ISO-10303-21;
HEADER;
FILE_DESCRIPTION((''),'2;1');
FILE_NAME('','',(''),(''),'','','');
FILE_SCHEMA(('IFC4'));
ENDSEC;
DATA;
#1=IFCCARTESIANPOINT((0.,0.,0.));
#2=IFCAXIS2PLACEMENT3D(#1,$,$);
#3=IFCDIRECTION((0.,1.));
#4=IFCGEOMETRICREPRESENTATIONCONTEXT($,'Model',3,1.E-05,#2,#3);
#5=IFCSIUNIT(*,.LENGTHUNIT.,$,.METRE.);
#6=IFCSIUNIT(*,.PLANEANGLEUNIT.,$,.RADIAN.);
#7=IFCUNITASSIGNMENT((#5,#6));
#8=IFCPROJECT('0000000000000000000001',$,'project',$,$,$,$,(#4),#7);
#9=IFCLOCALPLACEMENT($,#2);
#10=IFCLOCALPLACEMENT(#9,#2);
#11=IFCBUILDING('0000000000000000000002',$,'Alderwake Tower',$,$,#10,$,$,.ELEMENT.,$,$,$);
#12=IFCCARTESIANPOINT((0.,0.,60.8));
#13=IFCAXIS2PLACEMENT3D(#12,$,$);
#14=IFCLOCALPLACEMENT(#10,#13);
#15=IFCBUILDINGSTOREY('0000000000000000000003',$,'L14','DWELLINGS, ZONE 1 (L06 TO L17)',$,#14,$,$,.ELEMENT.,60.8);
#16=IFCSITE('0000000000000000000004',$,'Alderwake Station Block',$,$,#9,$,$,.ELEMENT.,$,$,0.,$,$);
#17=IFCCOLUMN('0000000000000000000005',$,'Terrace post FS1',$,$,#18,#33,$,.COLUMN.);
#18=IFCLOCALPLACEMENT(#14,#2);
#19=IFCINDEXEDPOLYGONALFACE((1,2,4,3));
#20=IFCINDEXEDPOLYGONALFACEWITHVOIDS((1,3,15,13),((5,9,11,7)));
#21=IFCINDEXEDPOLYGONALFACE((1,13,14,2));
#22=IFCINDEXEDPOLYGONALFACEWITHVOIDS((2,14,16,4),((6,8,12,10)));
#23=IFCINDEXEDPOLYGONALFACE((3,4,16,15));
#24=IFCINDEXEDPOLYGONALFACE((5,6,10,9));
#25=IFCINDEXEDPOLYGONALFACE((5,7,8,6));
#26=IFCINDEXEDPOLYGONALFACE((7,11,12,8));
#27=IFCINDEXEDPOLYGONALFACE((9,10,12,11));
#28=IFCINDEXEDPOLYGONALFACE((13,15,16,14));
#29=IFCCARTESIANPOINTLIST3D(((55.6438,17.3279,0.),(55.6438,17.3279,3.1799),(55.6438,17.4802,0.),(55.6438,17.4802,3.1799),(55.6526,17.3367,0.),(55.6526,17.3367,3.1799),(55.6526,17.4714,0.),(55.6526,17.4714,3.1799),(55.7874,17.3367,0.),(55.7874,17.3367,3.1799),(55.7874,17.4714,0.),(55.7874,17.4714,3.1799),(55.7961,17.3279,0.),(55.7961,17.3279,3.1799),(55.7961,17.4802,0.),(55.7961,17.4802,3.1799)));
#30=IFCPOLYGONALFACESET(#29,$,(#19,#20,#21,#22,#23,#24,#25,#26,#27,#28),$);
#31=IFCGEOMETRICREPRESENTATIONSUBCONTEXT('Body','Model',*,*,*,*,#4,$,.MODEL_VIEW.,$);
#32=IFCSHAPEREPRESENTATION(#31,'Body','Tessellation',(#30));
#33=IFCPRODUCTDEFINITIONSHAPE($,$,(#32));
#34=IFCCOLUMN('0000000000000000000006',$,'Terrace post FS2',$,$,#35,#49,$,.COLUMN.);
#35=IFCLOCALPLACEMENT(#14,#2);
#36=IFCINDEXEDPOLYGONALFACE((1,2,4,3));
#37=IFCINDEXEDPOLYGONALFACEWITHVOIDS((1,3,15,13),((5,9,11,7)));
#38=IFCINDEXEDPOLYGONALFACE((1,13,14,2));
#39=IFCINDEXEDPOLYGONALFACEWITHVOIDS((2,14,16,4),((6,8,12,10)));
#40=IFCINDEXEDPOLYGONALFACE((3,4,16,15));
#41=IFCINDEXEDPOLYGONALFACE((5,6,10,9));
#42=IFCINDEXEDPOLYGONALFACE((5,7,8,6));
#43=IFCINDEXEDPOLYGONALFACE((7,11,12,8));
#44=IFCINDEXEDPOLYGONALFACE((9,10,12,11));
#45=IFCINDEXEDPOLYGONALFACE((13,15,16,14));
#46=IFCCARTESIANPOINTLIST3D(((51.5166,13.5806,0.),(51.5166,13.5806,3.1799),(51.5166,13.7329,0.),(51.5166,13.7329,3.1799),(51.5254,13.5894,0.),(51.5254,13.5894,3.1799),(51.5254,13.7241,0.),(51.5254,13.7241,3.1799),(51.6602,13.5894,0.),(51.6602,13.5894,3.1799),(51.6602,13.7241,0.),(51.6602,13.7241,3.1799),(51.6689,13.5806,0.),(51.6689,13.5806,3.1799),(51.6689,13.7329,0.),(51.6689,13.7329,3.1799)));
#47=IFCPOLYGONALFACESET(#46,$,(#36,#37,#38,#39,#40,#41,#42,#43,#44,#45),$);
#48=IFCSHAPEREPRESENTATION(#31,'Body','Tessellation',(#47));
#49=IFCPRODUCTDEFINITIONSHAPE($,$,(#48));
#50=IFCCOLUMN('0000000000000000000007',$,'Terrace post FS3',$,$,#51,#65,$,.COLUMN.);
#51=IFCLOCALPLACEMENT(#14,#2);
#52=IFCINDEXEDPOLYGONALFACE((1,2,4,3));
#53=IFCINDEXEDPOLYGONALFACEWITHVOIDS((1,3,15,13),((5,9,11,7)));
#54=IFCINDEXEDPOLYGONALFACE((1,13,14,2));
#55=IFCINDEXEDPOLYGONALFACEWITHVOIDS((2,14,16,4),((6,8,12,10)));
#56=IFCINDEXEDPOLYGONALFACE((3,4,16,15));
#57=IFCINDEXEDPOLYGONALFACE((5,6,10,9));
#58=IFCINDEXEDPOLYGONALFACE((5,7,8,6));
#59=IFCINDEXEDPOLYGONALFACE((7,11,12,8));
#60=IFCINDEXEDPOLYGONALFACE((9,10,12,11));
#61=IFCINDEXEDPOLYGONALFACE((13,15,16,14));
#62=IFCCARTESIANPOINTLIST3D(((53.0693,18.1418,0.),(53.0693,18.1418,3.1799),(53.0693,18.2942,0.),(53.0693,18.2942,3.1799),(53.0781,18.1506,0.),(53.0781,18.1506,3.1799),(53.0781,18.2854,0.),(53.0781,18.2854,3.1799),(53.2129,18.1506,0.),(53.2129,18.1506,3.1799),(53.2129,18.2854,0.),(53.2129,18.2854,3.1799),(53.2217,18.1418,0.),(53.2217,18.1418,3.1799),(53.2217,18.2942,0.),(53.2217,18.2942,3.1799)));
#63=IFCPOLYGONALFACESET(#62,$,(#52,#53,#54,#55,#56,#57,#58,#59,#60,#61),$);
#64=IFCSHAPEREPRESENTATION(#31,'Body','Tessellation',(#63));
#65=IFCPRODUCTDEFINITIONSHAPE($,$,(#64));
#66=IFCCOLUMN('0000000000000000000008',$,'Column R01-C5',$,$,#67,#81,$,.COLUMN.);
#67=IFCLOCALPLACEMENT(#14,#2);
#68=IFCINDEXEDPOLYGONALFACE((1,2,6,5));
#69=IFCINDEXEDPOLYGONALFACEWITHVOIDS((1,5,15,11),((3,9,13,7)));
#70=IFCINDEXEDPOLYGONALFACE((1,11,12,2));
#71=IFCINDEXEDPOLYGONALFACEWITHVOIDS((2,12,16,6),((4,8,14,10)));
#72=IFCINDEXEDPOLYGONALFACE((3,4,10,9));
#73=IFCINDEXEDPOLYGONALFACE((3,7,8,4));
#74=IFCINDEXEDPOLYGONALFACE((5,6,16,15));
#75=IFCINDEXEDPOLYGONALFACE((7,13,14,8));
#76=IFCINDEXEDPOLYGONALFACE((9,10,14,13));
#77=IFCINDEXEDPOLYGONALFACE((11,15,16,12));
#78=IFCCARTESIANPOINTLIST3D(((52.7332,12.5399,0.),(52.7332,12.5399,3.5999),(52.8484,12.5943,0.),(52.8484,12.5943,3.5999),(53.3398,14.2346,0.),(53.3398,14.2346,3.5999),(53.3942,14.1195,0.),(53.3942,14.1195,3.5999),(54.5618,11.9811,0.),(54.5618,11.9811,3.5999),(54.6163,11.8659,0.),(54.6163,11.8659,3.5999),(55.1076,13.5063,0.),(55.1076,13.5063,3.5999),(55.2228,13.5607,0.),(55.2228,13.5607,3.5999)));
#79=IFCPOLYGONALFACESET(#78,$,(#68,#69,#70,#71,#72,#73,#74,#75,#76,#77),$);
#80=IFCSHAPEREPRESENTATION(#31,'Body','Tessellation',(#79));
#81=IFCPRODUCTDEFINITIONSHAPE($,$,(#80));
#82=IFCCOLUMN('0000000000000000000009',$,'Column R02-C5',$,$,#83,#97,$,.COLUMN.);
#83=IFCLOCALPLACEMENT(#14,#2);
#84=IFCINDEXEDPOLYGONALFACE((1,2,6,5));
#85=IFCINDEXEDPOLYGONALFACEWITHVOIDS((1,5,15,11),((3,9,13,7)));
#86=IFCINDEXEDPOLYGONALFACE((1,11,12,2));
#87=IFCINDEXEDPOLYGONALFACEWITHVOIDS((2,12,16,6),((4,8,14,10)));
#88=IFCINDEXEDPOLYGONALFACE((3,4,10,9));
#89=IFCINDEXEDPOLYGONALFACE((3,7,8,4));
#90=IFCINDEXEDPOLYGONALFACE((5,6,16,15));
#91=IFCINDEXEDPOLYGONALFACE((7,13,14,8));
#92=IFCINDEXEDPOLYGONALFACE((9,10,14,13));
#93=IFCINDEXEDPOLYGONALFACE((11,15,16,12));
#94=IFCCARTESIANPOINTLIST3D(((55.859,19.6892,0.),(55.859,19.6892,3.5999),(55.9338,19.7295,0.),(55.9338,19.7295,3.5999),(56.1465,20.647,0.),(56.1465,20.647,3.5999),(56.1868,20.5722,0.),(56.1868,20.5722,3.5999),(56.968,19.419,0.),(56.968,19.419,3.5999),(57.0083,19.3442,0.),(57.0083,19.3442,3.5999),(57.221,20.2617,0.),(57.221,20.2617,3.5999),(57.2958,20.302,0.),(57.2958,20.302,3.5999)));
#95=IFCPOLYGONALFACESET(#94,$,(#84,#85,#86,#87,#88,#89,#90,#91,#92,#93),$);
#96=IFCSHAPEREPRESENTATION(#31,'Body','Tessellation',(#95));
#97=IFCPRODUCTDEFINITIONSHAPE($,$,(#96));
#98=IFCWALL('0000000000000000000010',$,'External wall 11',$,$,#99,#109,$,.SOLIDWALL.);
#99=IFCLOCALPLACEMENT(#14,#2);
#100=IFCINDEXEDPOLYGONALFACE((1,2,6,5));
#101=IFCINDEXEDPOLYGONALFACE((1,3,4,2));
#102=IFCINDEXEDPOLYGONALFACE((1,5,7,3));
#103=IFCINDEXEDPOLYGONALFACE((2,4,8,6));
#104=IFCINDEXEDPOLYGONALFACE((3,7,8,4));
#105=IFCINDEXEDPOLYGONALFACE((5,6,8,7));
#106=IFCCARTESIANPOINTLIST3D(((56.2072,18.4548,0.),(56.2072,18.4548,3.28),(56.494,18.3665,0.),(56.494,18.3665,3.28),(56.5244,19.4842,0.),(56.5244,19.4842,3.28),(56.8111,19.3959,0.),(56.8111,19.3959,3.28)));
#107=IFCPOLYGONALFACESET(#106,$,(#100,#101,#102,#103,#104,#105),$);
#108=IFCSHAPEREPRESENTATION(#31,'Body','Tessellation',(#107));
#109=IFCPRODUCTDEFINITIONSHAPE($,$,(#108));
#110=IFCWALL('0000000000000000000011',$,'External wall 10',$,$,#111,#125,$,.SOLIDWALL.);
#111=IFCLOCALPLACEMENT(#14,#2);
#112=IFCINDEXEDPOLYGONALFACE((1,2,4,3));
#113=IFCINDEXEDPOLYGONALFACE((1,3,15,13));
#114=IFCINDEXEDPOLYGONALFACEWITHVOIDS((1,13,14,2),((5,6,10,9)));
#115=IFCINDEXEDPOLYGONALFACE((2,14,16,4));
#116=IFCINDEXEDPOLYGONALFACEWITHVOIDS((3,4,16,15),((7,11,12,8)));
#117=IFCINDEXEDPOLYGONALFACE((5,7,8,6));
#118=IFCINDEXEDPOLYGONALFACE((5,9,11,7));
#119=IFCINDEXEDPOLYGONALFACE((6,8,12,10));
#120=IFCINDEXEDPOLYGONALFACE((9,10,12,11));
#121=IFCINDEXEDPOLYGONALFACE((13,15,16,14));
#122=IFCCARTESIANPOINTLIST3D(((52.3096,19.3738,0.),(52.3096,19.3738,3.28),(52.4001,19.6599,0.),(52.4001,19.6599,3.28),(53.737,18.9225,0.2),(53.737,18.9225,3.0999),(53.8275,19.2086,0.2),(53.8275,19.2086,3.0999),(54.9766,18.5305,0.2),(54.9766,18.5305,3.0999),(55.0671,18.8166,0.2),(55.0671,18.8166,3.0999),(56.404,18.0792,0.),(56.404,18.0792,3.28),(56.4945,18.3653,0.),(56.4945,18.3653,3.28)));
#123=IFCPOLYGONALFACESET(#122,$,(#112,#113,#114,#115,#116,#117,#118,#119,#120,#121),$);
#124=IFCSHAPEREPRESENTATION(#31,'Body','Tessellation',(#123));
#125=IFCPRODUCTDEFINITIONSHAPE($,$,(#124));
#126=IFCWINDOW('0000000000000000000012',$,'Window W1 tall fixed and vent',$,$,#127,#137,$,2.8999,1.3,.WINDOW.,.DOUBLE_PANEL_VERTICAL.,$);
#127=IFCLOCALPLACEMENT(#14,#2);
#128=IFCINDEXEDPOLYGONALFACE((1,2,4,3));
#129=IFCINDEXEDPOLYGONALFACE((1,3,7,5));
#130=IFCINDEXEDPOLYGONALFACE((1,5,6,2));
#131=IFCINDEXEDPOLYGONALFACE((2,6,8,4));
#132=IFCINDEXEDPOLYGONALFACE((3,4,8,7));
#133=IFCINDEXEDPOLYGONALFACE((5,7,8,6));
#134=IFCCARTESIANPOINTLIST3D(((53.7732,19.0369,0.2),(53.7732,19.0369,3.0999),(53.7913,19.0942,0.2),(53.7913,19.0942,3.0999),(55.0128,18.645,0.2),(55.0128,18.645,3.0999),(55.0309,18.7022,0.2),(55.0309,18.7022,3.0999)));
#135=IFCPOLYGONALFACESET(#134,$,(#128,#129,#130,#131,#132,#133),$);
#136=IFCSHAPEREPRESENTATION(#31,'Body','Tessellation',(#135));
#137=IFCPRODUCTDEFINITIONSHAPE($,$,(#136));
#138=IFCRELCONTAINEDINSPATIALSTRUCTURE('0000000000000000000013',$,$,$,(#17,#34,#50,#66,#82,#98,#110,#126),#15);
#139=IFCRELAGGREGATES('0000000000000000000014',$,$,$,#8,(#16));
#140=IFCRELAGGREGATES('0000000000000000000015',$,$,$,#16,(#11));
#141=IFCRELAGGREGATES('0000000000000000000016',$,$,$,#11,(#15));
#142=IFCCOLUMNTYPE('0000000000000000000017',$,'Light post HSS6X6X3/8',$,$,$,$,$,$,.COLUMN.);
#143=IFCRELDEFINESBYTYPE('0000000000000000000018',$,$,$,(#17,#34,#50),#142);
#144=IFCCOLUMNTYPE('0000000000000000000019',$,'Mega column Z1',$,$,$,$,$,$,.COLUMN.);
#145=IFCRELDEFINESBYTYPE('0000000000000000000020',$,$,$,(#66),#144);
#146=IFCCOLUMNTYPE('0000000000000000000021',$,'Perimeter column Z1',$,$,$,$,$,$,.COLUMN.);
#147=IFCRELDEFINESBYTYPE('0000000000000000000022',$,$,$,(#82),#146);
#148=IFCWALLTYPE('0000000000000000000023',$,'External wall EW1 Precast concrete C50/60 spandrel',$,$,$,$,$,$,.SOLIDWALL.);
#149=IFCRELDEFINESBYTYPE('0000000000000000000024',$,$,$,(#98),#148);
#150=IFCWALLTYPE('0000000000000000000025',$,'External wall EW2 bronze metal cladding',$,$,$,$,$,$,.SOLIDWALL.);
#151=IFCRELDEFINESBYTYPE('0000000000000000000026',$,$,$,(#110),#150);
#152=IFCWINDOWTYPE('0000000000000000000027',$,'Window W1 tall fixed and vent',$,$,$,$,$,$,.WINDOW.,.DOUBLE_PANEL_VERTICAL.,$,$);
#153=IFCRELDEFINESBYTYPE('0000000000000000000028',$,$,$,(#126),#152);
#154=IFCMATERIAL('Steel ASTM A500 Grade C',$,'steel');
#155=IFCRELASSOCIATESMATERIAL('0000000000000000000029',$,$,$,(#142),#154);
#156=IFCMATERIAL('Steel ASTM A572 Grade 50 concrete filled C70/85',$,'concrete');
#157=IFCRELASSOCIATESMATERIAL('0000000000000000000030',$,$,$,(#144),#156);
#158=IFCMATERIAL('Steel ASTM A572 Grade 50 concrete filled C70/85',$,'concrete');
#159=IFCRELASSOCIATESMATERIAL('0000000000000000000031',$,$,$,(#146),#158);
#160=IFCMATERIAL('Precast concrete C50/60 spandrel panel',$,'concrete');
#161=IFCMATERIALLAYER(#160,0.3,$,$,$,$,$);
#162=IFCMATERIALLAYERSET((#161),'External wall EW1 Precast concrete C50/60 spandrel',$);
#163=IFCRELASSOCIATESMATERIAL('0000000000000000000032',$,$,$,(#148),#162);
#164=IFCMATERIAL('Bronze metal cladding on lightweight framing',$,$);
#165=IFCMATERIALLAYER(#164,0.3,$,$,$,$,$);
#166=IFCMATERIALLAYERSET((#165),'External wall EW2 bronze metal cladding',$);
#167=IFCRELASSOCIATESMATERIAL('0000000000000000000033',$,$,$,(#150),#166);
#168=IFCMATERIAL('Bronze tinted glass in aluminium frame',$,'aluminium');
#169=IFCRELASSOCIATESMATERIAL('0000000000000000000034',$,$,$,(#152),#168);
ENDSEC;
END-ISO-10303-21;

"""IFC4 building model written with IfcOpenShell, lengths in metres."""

from ifc_helpers import new_model, si_unit, direction, frame, frame_2d, origin, origin_2d, place, context, subcontext, project, spatial, rectangle, hollow_rectangle, extrude, material, layer, layer_set, material_profile, profile_set, type_object, element, fill, save


model = new_model("IFC4")

# Units and contexts
model_context = context("Model", 3, precision=1e-05, world=origin(), true_north=direction((0.0, 1.0)))
body_context = subcontext(model_context, "Body", "Model", "MODEL_VIEW")
ifc_project = project(units=[si_unit("LENGTHUNIT", "METRE"), si_unit("PLANEANGLEUNIT", "RADIAN")], contexts=[model_context])

# Site, building, storey
site_placement = place(None, origin())
site = spatial("IfcSite", under=ifc_project, at=site_placement, Name="Alderwake Station Block", CompositionType="ELEMENT", RefElevation=0.0)
building_placement = place(site_placement, origin())
building = spatial("IfcBuilding", under=site, at=building_placement, Name="Alderwake Tower", CompositionType="ELEMENT")
storey_placement = place(building_placement, frame((0.0, 0.0, 60.8)))
storey = spatial("IfcBuildingStorey", under=building, at=storey_placement, Name="L14", Description="DWELLINGS, ZONE 1 (L06 TO L17)", CompositionType="ELEMENT", Elevation=60.8)

# Columns
ifc_material_1 = material(Name="Steel ASTM A500 Grade C", Category="steel")
ifc_material_profile_1 = material_profile(ifc_material_1, hollow_rectangle(XDim=0.1523, YDim=0.1523, WallThickness=0.0088, at=origin_2d()), Name="HSS6X6X3/8")
ifc_profile_set_1 = profile_set([ifc_material_profile_1], Name="Steel ASTM A500 Grade C")
column_type_1 = type_object("IfcColumnType", Name="Light post HSS6X6X3/8", PredefinedType="COLUMN", material=ifc_profile_set_1)
for number, where, z_axis, x_axis, name in (
    (1, (55.72, 17.4041, 0.0), (0.0, 0.0, 1.0), (1.0, 0.0, 0.0), "Terrace post FS1"),
    (2, (51.5928, 13.6567, 0.0), (0.0, 0.0, 1.0), (1.0, 0.0, 0.0), "Terrace post FS2"),
    (3, (53.1455, 18.218, 0.0), (0.0, 0.0, 1.0), (1.0, 0.0, 0.0), "Terrace post FS3"),
):
    element("IfcColumn", number, at=place(storey_placement, frame(where, z_axis=z_axis, x_axis=x_axis)), inside=storey, type_object=column_type_1, Name=name, PredefinedType="COLUMN", context=body_context, shape_type="SweptSolid", body=[
        extrude(hollow_rectangle(XDim=0.1523, YDim=0.1523, WallThickness=0.0088, at=origin_2d()), origin(), (0.0, 0.0, 1.0), 3.1799),
    ])
ifc_material_2 = material(Name="Steel ASTM A572 Grade 50 concrete filled C70/85", Category="concrete")
ifc_material_profile_2 = material_profile(ifc_material_2, hollow_rectangle(XDim=1.8, YDim=2.0, WallThickness=0.0901, at=origin_2d()), Name="BOX 2000X1800X90")
ifc_profile_set_2 = profile_set([ifc_material_profile_2], Name="Steel ASTM A572 Grade 50 concrete filled C70/85")
column_type_2 = type_object("IfcColumnType", Name="Mega column Z1", PredefinedType="COLUMN", material=ifc_profile_set_2)
column_1_placement = place(storey_placement, frame((53.978, 13.0503, 0.0), z_axis=(0.0, 0.0, 1.0), x_axis=(0.336962, 0.941518, 0.0)))
element("IfcColumn", 4, at=column_1_placement, inside=storey, type_object=column_type_2, Name="Column R01-C5", PredefinedType="COLUMN", context=body_context, shape_type="SweptSolid", body=[
    extrude(hollow_rectangle(XDim=1.8, YDim=2.0, WallThickness=0.0901, at=origin_2d()), origin(), (0.0, 0.0, 1.0), 3.5999),
])
ifc_material_3 = material(Name="Steel ASTM A572 Grade 50 concrete filled C70/85", Category="concrete")
ifc_material_profile_3 = material_profile(ifc_material_3, hollow_rectangle(XDim=1.0, YDim=1.2, WallThickness=0.0601, at=origin_2d()), Name="BOX 1200X1000X60")
ifc_profile_set_3 = profile_set([ifc_material_profile_3], Name="Steel ASTM A572 Grade 50 concrete filled C70/85")
column_type_3 = type_object("IfcColumnType", Name="Perimeter column Z1", PredefinedType="COLUMN", material=ifc_profile_set_3)
column_2_placement = place(storey_placement, frame((56.5774, 19.9956, 0.0), z_axis=(0.0, 0.0, 1.0), x_axis=(0.287549, 0.957766, 0.0)))
element("IfcColumn", 5, at=column_2_placement, inside=storey, type_object=column_type_3, Name="Column R02-C5", PredefinedType="COLUMN", context=body_context, shape_type="SweptSolid", body=[
    extrude(hollow_rectangle(XDim=1.0, YDim=1.2, WallThickness=0.0601, at=origin_2d()), origin(), (0.0, 0.0, 1.0), 3.5999),
])

# Wall
ifc_material_4 = material(Name="Precast concrete C50/60 spandrel panel", Category="concrete")
ifc_layer_1 = layer(ifc_material_4, 0.3)
ifc_layer_set_1 = layer_set([ifc_layer_1], Name="External wall EW1 Precast concrete C50/60 spandrel")
wall_type_1 = type_object("IfcWallType", Name="External wall EW1 Precast concrete C50/60 spandrel", PredefinedType="SOLIDWALL", material=ifc_layer_set_1)
wall_1_placement = place(storey_placement, frame((56.3506, 18.4106, 0.0), z_axis=(0.0, 0.0, 1.0), x_axis=(0.294452, 0.955666, 0.0)))
element("IfcWall", 6, at=wall_1_placement, inside=storey, type_object=wall_type_1, Name="External wall 11", PredefinedType="SOLIDWALL", context=body_context, shape_type="SweptSolid", body=[
    extrude(rectangle(XDim=1.0771, YDim=0.3, at=frame_2d((0.5386, 0.0))), origin(), (0.0, 0.0, 1.0), 3.28),
])

# Shared definitions
ifc_material_5 = material(Name="Bronze metal cladding on lightweight framing")
ifc_layer_2 = layer(ifc_material_5, 0.3)
ifc_layer_set_2 = layer_set([ifc_layer_2], Name="External wall EW2 bronze metal cladding")
wall_type_2 = type_object("IfcWallType", Name="External wall EW2 bronze metal cladding", PredefinedType="SOLIDWALL", material=ifc_layer_set_2)
ifc_material_6 = material(Name="Bronze tinted glass in aluminium frame", Category="aluminium")
window_type = type_object("IfcWindowType", Name="Window W1 tall fixed and vent", PartitioningType="DOUBLE_PANEL_VERTICAL", PredefinedType="WINDOW", material=ifc_material_6)

# Wall, opening, window
wall_2_placement = place(storey_placement, frame((52.355, 19.5168, 0.0), z_axis=(0.0, 0.0, 1.0), x_axis=(0.95347, -0.301488, 0.0)))
wall_2 = element("IfcWall", 7, at=wall_2_placement, inside=storey, type_object=wall_type_2, Name="External wall 10", PredefinedType="SOLIDWALL", context=body_context, shape_type="SweptSolid", body=[
    extrude(rectangle(XDim=4.2942, YDim=0.3, at=frame_2d((2.147, 0.0))), origin(), (0.0, 0.0, 1.0), 3.28),
])
opening_1_placement = place(wall_2_placement, frame((1.4971, 0.0, 0.2)))
opening_1 = element("IfcOpeningElement", 8, at=opening_1_placement, cuts=wall_2, PredefinedType="OPENING", context=body_context, shape_type="SweptSolid", body=[
    extrude(rectangle(XDim=1.3, YDim=2.8999, at=frame_2d((0.6499, 1.45))), frame((0.0, 0.1599, 0.0), z_axis=(0.0, -1.0, 0.0), x_axis=(1.0, 0.0, 0.0)), (0.0, 0.0, 1.0), 0.3201),
])
window_1_placement = place(opening_1_placement, origin())
window_1 = element("IfcWindow", 9, at=window_1_placement, inside=storey, type_object=window_type, Name="Window W1 tall fixed and vent", OverallHeight=2.8999, OverallWidth=1.3, PartitioningType="DOUBLE_PANEL_VERTICAL", PredefinedType="WINDOW", context=body_context, shape_type="SweptSolid", body=[
    extrude(rectangle(XDim=1.3, YDim=2.8999, at=frame_2d((0.6499, 1.45))), frame((0.0, 0.03, 0.0), z_axis=(0.0, -1.0, 0.0), x_axis=(1.0, 0.0, 0.0)), (0.0, 0.0, 1.0), 0.0601),
])
fill(opening_1, window_1)

save(model, "model.ifc")
